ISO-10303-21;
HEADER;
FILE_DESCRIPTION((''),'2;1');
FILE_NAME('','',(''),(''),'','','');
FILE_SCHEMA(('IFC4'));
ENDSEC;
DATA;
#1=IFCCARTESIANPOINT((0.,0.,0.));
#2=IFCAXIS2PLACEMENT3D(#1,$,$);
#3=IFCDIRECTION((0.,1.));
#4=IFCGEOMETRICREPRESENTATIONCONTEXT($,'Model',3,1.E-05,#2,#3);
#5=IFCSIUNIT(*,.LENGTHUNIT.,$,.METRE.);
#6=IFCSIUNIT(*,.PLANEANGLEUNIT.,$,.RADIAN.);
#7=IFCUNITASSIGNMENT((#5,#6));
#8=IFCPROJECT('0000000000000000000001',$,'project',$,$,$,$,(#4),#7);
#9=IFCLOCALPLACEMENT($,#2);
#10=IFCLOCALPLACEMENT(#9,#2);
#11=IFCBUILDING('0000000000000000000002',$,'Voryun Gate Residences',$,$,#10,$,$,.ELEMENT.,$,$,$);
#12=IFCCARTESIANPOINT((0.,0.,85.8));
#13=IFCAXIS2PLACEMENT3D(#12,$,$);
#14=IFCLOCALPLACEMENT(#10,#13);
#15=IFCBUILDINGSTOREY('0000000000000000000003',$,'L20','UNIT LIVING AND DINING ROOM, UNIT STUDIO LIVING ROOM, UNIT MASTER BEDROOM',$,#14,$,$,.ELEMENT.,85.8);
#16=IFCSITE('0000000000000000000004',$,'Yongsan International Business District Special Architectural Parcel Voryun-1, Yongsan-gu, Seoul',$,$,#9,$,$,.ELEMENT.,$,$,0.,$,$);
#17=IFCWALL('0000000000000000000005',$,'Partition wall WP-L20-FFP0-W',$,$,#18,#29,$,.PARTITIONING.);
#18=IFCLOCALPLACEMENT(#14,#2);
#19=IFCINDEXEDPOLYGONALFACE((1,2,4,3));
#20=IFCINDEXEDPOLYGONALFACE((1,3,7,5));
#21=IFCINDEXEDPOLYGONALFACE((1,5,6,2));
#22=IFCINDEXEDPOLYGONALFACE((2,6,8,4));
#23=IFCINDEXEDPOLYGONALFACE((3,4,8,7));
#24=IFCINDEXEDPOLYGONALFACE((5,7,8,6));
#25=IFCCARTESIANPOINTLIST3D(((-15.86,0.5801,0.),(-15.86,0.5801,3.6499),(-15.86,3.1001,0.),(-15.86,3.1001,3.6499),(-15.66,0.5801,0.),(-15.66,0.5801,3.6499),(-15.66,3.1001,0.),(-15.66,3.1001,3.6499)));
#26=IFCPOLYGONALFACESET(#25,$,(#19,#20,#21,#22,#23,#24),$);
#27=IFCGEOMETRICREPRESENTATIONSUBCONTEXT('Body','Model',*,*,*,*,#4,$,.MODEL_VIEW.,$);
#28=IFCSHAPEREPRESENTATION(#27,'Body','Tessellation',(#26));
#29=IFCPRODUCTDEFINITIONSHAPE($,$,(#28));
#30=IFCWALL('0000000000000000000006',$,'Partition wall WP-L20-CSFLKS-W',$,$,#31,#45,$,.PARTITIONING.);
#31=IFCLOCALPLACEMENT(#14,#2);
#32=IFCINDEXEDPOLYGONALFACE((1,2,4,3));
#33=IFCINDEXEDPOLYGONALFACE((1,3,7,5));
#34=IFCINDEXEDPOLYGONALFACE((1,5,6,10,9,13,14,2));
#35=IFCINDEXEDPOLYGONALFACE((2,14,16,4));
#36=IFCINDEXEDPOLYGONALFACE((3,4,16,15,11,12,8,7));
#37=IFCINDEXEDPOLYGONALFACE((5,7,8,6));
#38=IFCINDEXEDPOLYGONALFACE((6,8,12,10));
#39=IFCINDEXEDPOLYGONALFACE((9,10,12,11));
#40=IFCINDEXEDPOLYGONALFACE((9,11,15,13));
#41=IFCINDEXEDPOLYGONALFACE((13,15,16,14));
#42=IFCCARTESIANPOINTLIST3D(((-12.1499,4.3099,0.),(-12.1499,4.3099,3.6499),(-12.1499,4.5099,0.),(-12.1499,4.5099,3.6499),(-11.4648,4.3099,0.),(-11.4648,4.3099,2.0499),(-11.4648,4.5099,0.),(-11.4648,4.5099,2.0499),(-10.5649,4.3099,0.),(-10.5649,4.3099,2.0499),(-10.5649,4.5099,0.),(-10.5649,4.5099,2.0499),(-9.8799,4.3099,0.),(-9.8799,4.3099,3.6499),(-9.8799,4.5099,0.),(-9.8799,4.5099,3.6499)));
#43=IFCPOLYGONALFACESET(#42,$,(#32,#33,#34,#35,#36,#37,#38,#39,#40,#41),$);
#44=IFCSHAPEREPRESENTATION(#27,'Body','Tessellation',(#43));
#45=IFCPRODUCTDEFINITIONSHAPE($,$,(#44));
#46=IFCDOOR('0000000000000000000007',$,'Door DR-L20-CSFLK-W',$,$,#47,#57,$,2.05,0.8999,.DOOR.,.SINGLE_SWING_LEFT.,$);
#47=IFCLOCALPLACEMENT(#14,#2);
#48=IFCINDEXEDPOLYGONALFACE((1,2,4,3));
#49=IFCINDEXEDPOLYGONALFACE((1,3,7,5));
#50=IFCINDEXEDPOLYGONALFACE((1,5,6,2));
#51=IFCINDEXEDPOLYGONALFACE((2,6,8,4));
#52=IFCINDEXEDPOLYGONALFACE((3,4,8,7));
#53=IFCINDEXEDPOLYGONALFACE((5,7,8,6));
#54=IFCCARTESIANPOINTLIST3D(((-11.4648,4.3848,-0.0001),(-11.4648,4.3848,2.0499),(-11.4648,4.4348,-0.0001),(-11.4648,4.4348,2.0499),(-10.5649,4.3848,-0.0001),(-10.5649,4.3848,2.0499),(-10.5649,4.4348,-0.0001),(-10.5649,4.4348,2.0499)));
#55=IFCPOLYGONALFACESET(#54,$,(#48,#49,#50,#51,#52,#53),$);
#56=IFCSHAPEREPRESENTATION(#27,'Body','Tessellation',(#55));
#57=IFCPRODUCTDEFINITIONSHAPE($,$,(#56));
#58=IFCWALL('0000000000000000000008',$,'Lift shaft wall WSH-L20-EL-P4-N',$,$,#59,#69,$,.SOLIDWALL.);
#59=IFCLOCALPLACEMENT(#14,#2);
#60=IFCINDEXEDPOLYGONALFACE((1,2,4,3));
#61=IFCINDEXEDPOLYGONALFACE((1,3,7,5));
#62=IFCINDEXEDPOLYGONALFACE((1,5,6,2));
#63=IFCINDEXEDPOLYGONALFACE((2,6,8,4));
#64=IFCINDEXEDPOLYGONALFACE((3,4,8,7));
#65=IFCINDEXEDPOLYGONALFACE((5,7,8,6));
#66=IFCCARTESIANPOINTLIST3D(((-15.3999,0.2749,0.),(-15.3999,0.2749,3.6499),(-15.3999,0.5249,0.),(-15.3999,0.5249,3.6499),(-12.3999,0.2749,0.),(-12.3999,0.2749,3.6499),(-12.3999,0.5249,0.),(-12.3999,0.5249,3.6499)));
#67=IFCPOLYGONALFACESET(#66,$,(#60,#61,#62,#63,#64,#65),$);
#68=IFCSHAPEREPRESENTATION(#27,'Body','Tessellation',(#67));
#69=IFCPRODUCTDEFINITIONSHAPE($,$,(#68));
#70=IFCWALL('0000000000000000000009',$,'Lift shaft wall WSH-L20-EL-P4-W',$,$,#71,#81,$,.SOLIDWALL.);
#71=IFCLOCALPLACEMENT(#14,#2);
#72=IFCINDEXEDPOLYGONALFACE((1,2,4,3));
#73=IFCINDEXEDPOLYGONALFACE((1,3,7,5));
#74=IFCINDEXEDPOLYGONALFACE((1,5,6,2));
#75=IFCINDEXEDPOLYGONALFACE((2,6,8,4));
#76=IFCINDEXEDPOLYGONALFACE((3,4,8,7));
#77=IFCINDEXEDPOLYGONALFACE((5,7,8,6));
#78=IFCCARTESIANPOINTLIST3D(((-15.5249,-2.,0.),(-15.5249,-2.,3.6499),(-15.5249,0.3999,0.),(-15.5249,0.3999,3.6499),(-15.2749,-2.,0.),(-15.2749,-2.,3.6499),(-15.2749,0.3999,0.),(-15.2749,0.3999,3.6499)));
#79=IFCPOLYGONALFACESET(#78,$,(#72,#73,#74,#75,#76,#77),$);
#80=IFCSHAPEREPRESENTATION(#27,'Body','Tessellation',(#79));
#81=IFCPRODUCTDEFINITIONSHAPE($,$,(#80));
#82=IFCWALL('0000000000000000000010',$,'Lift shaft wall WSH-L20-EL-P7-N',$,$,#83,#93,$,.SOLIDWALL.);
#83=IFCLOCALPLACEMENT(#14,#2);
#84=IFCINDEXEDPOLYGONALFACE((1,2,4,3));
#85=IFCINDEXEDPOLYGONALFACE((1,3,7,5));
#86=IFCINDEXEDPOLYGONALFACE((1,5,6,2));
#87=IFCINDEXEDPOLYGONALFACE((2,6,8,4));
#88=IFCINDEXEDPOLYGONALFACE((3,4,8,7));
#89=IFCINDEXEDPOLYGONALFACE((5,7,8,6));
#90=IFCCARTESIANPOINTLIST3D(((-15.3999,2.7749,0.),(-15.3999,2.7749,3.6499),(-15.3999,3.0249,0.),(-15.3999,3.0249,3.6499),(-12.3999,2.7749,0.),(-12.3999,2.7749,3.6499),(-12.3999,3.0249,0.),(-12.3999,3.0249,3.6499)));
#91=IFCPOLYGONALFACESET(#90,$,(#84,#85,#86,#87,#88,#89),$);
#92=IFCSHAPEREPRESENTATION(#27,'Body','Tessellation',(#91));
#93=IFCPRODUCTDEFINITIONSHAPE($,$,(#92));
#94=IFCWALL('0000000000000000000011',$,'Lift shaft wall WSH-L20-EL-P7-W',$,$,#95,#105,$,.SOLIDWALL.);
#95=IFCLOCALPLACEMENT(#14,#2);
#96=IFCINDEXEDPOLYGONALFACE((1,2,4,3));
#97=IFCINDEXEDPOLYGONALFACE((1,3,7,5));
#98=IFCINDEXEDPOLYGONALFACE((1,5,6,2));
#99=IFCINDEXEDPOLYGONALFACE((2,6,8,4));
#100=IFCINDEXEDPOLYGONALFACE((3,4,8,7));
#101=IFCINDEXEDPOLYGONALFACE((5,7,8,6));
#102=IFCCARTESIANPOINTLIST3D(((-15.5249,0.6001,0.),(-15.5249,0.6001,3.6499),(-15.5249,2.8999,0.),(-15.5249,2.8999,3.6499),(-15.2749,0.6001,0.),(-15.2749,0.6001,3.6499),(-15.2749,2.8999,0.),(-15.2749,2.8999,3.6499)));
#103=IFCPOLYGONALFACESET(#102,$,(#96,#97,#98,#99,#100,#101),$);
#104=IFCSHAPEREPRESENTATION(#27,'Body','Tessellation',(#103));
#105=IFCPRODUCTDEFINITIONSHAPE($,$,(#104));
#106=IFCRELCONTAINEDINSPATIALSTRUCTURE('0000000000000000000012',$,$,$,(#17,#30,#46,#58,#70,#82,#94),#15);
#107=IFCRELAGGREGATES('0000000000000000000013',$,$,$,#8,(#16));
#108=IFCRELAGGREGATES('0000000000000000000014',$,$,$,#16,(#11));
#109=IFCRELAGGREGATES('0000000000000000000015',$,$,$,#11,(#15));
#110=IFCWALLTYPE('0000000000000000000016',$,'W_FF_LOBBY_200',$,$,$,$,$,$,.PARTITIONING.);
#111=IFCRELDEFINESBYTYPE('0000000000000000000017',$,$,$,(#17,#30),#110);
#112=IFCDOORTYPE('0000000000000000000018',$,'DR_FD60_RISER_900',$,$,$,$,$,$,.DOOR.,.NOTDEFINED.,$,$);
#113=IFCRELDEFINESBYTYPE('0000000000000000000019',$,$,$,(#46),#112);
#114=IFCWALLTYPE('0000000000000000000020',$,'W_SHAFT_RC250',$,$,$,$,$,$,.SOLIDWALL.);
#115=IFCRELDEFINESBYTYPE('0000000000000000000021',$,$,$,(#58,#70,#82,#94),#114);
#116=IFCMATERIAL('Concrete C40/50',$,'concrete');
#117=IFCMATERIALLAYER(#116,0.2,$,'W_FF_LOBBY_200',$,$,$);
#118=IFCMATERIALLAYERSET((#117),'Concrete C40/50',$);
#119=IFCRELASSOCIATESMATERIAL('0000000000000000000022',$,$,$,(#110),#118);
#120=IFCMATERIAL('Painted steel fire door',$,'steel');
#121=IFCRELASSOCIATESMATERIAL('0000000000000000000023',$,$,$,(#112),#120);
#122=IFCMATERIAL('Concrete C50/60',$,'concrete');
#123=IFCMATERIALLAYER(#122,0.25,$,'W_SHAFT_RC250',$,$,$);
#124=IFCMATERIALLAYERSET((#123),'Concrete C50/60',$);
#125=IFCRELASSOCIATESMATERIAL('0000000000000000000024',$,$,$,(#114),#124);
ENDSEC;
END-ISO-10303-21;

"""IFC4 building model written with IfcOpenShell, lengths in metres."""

from ifc_helpers import new_model, si_unit, direction, frame, frame_2d, origin, place, context, subcontext, project, spatial, rectangle, extrude, material, layer, layer_set, type_object, element, fill, save


model = new_model("IFC4")

# Units and contexts
model_context = context("Model", 3, precision=1e-05, world=origin(), true_north=direction((0.0, 1.0)))
body_context = subcontext(model_context, "Body", "Model", "MODEL_VIEW")
ifc_project = project(units=[si_unit("LENGTHUNIT", "METRE"), si_unit("PLANEANGLEUNIT", "RADIAN")], contexts=[model_context])

# Site, building, storey
site_placement = place(None, origin())
site = spatial("IfcSite", under=ifc_project, at=site_placement, Name="Yongsan International Business District Special Architectural Parcel Voryun-1, Yongsan-gu, Seoul", CompositionType="ELEMENT", RefElevation=0.0)
building_placement = place(site_placement, origin())
building = spatial("IfcBuilding", under=site, at=building_placement, Name="Voryun Gate Residences", CompositionType="ELEMENT")
storey_placement = place(building_placement, frame((0.0, 0.0, 85.8)))
storey = spatial("IfcBuildingStorey", under=building, at=storey_placement, Name="L20", Description="UNIT LIVING AND DINING ROOM, UNIT STUDIO LIVING ROOM, UNIT MASTER BEDROOM", CompositionType="ELEMENT", Elevation=85.8)

# Wall
ifc_material_1 = material(Name="Concrete C40/50", Category="concrete")
ifc_layer_1 = layer(ifc_material_1, 0.2, Name="W_FF_LOBBY_200")
ifc_layer_set_1 = layer_set([ifc_layer_1], Name="Concrete C40/50")
wall_type_1 = type_object("IfcWallType", Name="W_FF_LOBBY_200", PredefinedType="PARTITIONING", material=ifc_layer_set_1)
wall_1_placement = place(storey_placement, frame((-15.76, 0.5801, 0.0), z_axis=(0.0, 0.0, 1.0), x_axis=(0.0, 1.0, 0.0)))
element("IfcWall", 1, at=wall_1_placement, inside=storey, type_object=wall_type_1, Name="Partition wall WP-L20-FFP0-W", PredefinedType="PARTITIONING", context=body_context, shape_type="SweptSolid", body=[
    extrude(rectangle(XDim=2.52, YDim=0.2, at=frame_2d((1.26, 0.0))), origin(), (0.0, 0.0, 1.0), 3.6499),
])

# Wall, opening, door
wall_2_placement = place(storey_placement, frame((-12.1499, 4.4099, 0.0), z_axis=(0.0, 0.0, 1.0), x_axis=(1.0, 0.0, 0.0)))
wall_2 = element("IfcWall", 2, at=wall_2_placement, inside=storey, type_object=wall_type_1, Name="Partition wall WP-L20-CSFLKS-W", PredefinedType="PARTITIONING", context=body_context, shape_type="SweptSolid", body=[
    extrude(rectangle(XDim=2.27, YDim=0.2, at=frame_2d((1.135, 0.0))), origin(), (0.0, 0.0, 1.0), 3.6499),
])
opening_placement = place(wall_2_placement, frame((0.6851, 0.0, 0.0)))
opening = element("IfcOpeningElement", 3, at=opening_placement, cuts=wall_2, PredefinedType="OPENING", context=body_context, shape_type="SweptSolid", body=[
    extrude(rectangle(XDim=0.8999, YDim=2.05, at=frame_2d((0.45, 1.0249))), frame((0.0, 0.1101, 0.0), z_axis=(0.0, -1.0, 0.0), x_axis=(1.0, 0.0, 0.0)), (0.0, 0.0, 1.0), 0.22),
])
ifc_material_2 = material(Name="Painted steel fire door", Category="steel")
door_type = type_object("IfcDoorType", Name="DR_FD60_RISER_900", OperationType="NOTDEFINED", PredefinedType="DOOR", material=ifc_material_2)
door_placement = place(opening_placement, origin())
door = element("IfcDoor", 4, at=door_placement, inside=storey, type_object=door_type, Name="Door DR-L20-CSFLK-W", OperationType="SINGLE_SWING_LEFT", OverallHeight=2.05, OverallWidth=0.8999, PredefinedType="DOOR", context=body_context, shape_type="SweptSolid", body=[
    extrude(rectangle(XDim=0.8999, YDim=2.05, at=frame_2d((0.45, 1.0249))), frame((0.0, 0.0249, 0.0), z_axis=(0.0, -1.0, 0.0), x_axis=(1.0, 0.0, 0.0)), (0.0, 0.0, 1.0), 0.05),
])
fill(opening, door)

# Walls
ifc_material_3 = material(Name="Concrete C50/60", Category="concrete")
ifc_layer_2 = layer(ifc_material_3, 0.25, Name="W_SHAFT_RC250")
ifc_layer_set_2 = layer_set([ifc_layer_2], Name="Concrete C50/60")
wall_type_2 = type_object("IfcWallType", Name="W_SHAFT_RC250", PredefinedType="SOLIDWALL", material=ifc_layer_set_2)
wall_3_placement = place(storey_placement, frame((-12.3999, 0.3999, 0.0), z_axis=(0.0, 0.0, 1.0), x_axis=(-1.0, 0.0, 0.0)))
element("IfcWall", 5, at=wall_3_placement, inside=storey, type_object=wall_type_2, Name="Lift shaft wall WSH-L20-EL-P4-N", PredefinedType="SOLIDWALL", context=body_context, shape_type="SweptSolid", body=[
    extrude(rectangle(XDim=3.0, YDim=0.25, at=frame_2d((1.5, 0.0))), origin(), (0.0, 0.0, 1.0), 3.6499),
])
wall_4_placement = place(storey_placement, frame((-15.3999, 0.3999, 0.0), z_axis=(0.0, 0.0, 1.0), x_axis=(0.0, -1.0, 0.0)))
element("IfcWall", 6, at=wall_4_placement, inside=storey, type_object=wall_type_2, Name="Lift shaft wall WSH-L20-EL-P4-W", PredefinedType="SOLIDWALL", context=body_context, shape_type="SweptSolid", body=[
    extrude(rectangle(XDim=2.3999, YDim=0.25, at=frame_2d((1.2, 0.0))), origin(), (0.0, 0.0, 1.0), 3.6499),
])
wall_5_placement = place(storey_placement, frame((-12.3999, 2.8999, 0.0), z_axis=(0.0, 0.0, 1.0), x_axis=(-1.0, 0.0, 0.0)))
element("IfcWall", 7, at=wall_5_placement, inside=storey, type_object=wall_type_2, Name="Lift shaft wall WSH-L20-EL-P7-N", PredefinedType="SOLIDWALL", context=body_context, shape_type="SweptSolid", body=[
    extrude(rectangle(XDim=3.0, YDim=0.25, at=frame_2d((1.5, 0.0))), origin(), (0.0, 0.0, 1.0), 3.6499),
])
wall_6_placement = place(storey_placement, frame((-15.3999, 2.8999, 0.0), z_axis=(0.0, 0.0, 1.0), x_axis=(0.0, -1.0, 0.0)))
element("IfcWall", 8, at=wall_6_placement, inside=storey, type_object=wall_type_2, Name="Lift shaft wall WSH-L20-EL-P7-W", PredefinedType="SOLIDWALL", context=body_context, shape_type="SweptSolid", body=[
    extrude(rectangle(XDim=2.2998, YDim=0.25, at=frame_2d((1.1499, 0.0))), origin(), (0.0, 0.0, 1.0), 3.6499),
])

save(model, "model.ifc")
